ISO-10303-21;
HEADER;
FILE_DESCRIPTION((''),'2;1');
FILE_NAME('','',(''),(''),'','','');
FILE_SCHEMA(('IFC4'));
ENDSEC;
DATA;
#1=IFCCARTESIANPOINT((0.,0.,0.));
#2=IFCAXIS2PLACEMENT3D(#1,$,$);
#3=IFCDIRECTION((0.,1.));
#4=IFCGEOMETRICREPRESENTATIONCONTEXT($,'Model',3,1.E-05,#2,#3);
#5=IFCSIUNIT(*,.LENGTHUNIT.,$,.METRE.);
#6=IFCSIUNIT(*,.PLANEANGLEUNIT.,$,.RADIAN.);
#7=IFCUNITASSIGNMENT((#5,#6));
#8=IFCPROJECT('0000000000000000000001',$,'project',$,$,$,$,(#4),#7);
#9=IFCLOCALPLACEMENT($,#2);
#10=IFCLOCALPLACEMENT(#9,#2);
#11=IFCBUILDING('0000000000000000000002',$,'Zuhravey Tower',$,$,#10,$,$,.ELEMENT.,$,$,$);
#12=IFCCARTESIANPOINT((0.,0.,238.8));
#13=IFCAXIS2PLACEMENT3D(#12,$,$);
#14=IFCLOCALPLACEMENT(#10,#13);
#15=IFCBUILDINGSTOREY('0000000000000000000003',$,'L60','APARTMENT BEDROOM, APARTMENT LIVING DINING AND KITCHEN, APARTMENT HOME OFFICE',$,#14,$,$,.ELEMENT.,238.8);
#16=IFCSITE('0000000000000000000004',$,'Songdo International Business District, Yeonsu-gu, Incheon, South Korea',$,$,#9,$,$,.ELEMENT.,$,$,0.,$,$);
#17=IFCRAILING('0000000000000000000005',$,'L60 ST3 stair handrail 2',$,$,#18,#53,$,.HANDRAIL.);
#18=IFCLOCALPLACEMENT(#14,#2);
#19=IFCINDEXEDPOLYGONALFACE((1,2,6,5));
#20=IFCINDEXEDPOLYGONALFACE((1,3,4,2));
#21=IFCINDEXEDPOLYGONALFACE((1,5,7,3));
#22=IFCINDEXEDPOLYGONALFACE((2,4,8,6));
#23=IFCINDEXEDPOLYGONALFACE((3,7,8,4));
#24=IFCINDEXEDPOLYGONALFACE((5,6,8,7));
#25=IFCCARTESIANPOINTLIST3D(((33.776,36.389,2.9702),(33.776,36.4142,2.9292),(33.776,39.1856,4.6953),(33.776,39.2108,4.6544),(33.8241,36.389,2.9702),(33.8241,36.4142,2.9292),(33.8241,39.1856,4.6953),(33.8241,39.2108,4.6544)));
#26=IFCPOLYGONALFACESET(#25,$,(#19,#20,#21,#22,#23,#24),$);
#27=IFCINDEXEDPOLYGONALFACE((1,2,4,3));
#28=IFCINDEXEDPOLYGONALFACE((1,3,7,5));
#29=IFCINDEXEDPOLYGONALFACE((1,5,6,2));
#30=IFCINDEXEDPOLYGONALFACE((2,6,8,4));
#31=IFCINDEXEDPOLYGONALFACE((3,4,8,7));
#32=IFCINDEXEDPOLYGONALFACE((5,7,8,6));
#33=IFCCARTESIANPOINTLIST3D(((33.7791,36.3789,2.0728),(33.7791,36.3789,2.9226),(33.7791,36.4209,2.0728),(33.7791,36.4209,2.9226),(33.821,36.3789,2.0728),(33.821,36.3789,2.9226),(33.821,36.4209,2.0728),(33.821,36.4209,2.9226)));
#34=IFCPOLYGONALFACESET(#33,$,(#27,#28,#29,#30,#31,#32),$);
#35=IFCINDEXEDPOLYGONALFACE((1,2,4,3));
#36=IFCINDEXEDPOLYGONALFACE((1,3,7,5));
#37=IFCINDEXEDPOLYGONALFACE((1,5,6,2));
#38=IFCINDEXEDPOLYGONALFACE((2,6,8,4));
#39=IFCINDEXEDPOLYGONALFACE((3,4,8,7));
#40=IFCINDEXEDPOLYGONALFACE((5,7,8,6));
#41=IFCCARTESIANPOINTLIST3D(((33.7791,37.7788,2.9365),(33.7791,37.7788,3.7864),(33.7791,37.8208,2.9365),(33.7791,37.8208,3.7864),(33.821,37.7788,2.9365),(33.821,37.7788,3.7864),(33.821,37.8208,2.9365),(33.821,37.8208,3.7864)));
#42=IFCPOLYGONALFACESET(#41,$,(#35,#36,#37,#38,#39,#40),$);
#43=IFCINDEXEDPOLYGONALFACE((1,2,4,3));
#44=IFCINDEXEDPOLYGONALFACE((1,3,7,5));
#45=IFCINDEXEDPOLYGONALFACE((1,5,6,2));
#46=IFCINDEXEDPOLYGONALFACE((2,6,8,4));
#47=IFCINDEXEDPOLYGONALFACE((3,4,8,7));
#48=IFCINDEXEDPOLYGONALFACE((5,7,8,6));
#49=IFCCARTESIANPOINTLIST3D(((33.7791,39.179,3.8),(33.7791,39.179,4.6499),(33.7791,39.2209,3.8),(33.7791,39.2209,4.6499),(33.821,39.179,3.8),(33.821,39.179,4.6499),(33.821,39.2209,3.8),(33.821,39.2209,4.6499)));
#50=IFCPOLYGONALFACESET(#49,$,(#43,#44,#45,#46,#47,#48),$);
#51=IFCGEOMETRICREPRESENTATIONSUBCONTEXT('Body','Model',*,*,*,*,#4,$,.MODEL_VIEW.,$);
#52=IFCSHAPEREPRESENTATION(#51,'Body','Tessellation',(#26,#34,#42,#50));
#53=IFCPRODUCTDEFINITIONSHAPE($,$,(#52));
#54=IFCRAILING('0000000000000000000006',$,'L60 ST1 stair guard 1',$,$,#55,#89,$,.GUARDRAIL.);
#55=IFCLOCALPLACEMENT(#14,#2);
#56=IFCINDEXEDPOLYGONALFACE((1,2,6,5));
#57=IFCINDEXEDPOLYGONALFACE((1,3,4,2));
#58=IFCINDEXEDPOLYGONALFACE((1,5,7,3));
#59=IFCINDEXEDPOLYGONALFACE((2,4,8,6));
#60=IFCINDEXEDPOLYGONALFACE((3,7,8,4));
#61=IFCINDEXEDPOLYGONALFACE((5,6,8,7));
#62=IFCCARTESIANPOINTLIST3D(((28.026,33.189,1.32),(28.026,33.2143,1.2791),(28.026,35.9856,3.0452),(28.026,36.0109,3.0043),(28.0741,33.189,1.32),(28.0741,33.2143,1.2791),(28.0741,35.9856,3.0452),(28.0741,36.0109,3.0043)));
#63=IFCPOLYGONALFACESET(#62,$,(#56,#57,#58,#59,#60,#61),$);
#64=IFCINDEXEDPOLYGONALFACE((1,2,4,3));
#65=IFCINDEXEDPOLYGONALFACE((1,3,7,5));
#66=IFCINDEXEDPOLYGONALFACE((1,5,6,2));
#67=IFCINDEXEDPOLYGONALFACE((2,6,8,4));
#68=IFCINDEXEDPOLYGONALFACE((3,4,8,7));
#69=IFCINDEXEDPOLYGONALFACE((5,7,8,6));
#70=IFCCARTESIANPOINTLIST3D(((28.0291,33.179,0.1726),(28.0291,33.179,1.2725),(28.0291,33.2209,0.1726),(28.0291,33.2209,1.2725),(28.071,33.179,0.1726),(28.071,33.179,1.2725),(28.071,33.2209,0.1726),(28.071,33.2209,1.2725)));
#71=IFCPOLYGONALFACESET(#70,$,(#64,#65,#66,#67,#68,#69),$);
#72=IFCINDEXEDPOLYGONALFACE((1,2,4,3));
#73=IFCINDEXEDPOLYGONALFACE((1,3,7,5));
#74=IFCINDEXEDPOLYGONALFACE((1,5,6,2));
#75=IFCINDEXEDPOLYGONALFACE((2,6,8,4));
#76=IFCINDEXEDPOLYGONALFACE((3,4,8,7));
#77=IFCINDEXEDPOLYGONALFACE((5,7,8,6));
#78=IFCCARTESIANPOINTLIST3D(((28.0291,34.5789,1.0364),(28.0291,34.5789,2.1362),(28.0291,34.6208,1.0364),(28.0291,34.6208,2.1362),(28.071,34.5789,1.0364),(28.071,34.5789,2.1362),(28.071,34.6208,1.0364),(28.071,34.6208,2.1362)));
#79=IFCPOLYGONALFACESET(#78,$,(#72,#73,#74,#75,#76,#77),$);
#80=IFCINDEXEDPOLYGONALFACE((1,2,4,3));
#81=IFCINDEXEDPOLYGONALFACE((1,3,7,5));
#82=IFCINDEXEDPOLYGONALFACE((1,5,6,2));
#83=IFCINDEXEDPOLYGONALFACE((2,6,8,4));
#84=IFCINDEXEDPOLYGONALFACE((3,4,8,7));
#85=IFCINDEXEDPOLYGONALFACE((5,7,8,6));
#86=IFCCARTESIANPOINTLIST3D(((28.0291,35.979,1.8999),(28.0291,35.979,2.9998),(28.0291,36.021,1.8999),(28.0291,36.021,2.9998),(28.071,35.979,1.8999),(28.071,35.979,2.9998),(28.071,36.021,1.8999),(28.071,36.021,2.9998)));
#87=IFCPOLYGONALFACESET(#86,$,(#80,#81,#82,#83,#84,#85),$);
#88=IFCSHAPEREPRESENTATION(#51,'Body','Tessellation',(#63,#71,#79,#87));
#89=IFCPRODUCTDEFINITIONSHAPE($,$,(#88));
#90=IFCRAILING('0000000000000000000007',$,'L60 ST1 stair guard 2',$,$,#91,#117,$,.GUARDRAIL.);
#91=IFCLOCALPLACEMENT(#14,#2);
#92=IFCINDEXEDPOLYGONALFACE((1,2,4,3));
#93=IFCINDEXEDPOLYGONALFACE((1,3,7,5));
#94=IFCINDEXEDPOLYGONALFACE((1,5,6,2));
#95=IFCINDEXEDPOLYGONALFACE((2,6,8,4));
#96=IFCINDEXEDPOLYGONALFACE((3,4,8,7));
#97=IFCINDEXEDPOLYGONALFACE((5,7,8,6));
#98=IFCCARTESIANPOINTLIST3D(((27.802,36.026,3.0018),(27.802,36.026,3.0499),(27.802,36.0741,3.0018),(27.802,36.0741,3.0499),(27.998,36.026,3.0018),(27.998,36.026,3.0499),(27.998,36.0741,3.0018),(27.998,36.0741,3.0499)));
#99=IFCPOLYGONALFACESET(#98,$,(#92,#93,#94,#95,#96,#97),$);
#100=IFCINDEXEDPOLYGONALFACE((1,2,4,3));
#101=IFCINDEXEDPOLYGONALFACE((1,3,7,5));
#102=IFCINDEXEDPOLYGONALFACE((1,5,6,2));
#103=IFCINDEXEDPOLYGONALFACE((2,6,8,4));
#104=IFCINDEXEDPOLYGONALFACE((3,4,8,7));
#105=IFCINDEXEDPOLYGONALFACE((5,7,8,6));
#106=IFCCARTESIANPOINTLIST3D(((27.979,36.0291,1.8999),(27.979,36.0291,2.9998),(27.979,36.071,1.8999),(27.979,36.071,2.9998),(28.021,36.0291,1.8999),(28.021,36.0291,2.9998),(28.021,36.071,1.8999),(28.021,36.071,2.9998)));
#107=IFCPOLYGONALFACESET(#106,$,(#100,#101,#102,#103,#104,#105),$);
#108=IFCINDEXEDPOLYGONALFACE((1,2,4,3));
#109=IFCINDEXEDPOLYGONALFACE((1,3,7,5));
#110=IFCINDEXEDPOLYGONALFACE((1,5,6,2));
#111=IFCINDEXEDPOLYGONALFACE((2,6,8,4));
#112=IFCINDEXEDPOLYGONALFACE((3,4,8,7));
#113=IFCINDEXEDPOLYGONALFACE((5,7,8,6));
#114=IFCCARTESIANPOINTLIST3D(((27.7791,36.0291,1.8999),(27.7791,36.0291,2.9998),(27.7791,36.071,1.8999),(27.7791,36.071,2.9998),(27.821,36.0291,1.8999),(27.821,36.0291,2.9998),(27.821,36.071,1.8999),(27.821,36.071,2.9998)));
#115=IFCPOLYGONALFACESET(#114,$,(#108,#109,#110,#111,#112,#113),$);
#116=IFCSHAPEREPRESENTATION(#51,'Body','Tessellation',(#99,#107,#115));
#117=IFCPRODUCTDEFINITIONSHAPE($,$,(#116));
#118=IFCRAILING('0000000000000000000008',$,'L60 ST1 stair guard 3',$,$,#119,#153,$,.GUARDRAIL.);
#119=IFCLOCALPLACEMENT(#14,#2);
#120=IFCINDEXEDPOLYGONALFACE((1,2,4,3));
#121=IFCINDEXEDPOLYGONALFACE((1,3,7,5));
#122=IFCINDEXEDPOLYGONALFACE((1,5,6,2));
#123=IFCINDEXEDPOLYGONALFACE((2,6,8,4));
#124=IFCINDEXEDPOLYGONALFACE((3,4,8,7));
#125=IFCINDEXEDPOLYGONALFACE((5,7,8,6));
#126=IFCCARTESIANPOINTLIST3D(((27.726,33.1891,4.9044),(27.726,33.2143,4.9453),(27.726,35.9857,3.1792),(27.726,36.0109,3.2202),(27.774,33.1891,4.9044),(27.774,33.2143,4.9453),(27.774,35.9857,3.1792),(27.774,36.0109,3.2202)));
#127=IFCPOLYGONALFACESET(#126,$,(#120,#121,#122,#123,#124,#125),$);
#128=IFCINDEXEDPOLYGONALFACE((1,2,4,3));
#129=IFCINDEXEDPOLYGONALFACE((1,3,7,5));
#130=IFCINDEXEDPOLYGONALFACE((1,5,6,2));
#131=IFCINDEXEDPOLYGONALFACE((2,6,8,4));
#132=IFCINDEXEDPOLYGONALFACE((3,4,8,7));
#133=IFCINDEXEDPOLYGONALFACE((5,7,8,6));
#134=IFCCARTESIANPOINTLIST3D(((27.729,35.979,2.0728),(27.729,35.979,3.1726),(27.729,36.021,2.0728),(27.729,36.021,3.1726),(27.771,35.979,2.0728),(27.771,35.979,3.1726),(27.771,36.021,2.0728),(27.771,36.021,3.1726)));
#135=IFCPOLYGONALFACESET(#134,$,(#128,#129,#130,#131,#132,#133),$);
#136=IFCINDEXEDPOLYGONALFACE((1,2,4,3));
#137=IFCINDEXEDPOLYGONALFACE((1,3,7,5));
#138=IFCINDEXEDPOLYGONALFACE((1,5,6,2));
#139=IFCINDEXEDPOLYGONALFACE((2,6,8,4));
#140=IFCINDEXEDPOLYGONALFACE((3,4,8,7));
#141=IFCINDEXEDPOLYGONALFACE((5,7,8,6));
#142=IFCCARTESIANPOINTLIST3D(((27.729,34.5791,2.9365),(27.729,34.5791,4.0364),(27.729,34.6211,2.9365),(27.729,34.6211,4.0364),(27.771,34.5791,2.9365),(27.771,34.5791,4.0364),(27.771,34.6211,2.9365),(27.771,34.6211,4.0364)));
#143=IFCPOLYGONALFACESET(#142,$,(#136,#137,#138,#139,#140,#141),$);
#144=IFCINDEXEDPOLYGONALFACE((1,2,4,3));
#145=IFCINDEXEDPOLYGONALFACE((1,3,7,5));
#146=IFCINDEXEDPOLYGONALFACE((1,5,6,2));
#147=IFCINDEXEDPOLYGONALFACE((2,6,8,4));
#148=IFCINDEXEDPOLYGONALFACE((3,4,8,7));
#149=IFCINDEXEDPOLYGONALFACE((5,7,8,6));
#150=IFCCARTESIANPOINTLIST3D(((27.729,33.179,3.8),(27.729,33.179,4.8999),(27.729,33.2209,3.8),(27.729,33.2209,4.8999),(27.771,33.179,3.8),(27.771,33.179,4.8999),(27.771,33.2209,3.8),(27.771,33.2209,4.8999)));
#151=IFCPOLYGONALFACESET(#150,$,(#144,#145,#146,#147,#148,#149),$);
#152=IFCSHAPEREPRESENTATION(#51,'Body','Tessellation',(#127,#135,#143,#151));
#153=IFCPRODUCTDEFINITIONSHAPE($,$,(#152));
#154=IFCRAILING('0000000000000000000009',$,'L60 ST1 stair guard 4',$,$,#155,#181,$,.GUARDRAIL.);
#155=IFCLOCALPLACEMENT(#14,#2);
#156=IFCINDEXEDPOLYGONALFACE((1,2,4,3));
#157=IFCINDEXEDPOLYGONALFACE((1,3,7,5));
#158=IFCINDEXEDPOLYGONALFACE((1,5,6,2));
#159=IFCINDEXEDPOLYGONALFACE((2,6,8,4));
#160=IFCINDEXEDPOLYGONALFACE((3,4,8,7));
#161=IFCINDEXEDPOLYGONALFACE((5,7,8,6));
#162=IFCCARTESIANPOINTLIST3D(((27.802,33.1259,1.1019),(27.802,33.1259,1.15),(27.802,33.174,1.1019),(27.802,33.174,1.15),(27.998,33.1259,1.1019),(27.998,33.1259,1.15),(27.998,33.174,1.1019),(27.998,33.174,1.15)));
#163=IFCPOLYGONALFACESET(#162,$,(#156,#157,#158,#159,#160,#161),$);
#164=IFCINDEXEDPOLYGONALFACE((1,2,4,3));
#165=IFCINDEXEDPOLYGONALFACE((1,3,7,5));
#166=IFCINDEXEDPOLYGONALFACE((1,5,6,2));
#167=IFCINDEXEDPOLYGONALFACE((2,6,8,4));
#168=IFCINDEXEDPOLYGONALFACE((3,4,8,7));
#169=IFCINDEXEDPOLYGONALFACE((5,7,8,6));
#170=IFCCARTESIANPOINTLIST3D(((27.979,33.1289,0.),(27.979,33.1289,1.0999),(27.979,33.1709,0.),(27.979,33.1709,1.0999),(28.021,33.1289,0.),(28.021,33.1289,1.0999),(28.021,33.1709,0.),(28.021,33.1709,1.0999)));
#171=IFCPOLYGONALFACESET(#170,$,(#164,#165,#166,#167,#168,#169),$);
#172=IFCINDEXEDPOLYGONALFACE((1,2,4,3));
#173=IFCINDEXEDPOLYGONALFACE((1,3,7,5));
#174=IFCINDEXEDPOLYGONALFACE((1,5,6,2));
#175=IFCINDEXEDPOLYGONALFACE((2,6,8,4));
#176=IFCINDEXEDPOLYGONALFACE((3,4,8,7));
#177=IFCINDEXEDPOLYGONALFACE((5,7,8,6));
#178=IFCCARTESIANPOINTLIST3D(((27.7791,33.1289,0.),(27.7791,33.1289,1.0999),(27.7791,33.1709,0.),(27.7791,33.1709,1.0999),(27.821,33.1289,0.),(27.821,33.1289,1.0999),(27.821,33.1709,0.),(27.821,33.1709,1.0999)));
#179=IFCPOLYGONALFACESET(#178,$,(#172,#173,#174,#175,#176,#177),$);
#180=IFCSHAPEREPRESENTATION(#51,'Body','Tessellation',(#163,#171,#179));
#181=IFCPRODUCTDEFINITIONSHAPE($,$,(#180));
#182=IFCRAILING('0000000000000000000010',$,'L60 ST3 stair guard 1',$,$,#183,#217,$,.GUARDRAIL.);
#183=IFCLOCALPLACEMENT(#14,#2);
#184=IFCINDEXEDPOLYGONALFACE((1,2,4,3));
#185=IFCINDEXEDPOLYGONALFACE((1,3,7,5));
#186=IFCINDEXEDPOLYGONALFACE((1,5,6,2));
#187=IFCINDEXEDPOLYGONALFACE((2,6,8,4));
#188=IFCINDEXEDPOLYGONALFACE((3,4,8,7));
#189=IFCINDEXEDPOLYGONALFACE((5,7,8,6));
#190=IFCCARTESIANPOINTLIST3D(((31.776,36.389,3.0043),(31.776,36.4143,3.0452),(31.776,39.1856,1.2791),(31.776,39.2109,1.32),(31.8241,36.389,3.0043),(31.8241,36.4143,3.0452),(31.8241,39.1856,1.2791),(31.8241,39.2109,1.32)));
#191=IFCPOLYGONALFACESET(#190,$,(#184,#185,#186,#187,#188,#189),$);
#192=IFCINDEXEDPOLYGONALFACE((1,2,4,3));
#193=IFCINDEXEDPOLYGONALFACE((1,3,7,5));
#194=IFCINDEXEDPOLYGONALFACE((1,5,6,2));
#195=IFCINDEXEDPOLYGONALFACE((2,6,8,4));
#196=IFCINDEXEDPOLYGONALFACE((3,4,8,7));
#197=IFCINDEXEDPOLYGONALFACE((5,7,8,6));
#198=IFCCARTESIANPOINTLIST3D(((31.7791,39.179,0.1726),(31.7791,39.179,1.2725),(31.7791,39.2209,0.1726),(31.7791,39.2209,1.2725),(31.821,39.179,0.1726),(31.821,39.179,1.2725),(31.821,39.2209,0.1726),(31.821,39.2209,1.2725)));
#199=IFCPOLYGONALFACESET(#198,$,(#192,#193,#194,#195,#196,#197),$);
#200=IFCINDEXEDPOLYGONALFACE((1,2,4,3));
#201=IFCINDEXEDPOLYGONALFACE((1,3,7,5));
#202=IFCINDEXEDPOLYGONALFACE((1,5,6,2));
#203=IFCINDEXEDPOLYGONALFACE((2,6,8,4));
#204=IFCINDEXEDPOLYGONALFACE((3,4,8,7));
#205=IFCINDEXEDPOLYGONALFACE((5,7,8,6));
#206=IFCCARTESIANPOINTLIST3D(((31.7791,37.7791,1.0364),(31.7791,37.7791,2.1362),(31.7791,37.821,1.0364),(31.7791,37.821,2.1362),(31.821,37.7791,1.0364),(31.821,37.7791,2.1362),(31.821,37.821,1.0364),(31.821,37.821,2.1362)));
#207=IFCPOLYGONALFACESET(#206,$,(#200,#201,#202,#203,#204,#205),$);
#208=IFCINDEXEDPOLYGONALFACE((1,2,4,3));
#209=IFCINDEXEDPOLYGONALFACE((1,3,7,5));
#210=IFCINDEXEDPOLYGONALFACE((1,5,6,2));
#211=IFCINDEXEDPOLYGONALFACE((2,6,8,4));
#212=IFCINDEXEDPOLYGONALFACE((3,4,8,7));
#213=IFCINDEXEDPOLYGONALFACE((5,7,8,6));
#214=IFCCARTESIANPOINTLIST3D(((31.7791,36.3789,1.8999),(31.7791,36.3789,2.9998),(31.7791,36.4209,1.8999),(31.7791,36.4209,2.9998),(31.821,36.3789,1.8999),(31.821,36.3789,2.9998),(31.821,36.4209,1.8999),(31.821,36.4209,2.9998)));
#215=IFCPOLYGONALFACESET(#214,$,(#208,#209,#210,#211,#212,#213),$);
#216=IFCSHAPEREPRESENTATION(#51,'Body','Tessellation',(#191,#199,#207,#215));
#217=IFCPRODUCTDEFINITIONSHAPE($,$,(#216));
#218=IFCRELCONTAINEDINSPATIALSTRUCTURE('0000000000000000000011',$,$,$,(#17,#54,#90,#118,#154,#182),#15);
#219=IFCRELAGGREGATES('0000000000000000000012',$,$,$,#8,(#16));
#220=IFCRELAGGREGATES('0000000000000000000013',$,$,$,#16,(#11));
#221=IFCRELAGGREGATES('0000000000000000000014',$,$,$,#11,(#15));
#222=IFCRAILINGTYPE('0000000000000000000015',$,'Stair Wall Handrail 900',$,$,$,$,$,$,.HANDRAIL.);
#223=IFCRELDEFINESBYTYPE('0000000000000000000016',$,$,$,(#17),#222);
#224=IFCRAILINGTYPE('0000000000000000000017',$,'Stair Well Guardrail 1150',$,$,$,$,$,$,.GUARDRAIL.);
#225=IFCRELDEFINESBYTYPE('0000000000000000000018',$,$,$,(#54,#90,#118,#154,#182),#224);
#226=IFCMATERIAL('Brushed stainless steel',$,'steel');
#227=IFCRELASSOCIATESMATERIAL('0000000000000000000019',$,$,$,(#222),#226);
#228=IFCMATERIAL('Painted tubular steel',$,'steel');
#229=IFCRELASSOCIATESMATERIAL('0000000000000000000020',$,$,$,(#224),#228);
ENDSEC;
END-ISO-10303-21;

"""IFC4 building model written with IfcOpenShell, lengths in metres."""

from ifc_helpers import new_model, si_unit, direction, frame, origin, origin_2d, place, context, subcontext, project, spatial, rectangle, extrude, material, type_object, element, save


model = new_model("IFC4")

# Units and contexts
model_context = context("Model", 3, precision=1e-05, world=origin(), true_north=direction((0.0, 1.0)))
body_context = subcontext(model_context, "Body", "Model", "MODEL_VIEW")
ifc_project = project(units=[si_unit("LENGTHUNIT", "METRE"), si_unit("PLANEANGLEUNIT", "RADIAN")], contexts=[model_context])

# Site, building, storey
site_placement = place(None, origin())
site = spatial("IfcSite", under=ifc_project, at=site_placement, Name="Songdo International Business District, Yeonsu-gu, Incheon, South Korea", CompositionType="ELEMENT", RefElevation=0.0)
building_placement = place(site_placement, origin())
building = spatial("IfcBuilding", under=site, at=building_placement, Name="Zuhravey Tower", CompositionType="ELEMENT")
storey_placement = place(building_placement, frame((0.0, 0.0, 238.8)))
storey = spatial("IfcBuildingStorey", under=building, at=storey_placement, Name="L60", Description="APARTMENT BEDROOM, APARTMENT LIVING DINING AND KITCHEN, APARTMENT HOME OFFICE", CompositionType="ELEMENT", Elevation=238.8)

# Railings
ifc_material_1 = material(Name="Brushed stainless steel", Category="steel")
railing_type_1 = type_object("IfcRailingType", Name="Stair Wall Handrail 900", PredefinedType="HANDRAIL", material=ifc_material_1)
railing_1_placement = place(storey_placement, frame((33.8, 36.3999, 2.0728)))
element("IfcRailing", 1, at=railing_1_placement, inside=storey, type_object=railing_type_1, Name="L60 ST3 stair handrail 2", PredefinedType="HANDRAIL", context=body_context, shape_type="SweptSolid", body=[
    extrude(rectangle(XDim=0.0481, YDim=0.0481, at=origin_2d()), frame((0.0, 0.0017, 0.877), z_axis=(0.0, 0.85109, 0.52502), x_axis=(-1.0, 0.0, 0.0)), (0.0, 0.0, 1.0), 3.2859),
    extrude(rectangle(XDim=0.042, YDim=0.042, at=origin_2d()), origin(), (0.0, 0.0, 1.0), 0.8499),
    extrude(rectangle(XDim=0.042, YDim=0.042, at=origin_2d()), frame((0.0, 1.3999, 0.8638)), (0.0, 0.0, 1.0), 0.8499),
    extrude(rectangle(XDim=0.042, YDim=0.042, at=origin_2d()), frame((0.0, 2.8, 1.7273)), (0.0, 0.0, 1.0), 0.8499),
])
ifc_material_2 = material(Name="Painted tubular steel", Category="steel")
railing_type_2 = type_object("IfcRailingType", Name="Stair Well Guardrail 1150", PredefinedType="GUARDRAIL", material=ifc_material_2)
railing_2_placement = place(storey_placement, frame((28.05, 33.2, 0.1726)))
element("IfcRailing", 2, at=railing_2_placement, inside=storey, type_object=railing_type_2, Name="L60 ST1 stair guard 1", PredefinedType="GUARDRAIL", context=body_context, shape_type="SweptSolid", body=[
    extrude(rectangle(XDim=0.0481, YDim=0.0481, at=origin_2d()), frame((0.0, 0.0017, 1.127), z_axis=(0.0, 0.85109, 0.52502), x_axis=(-1.0, 0.0, 0.0)), (0.0, 0.0, 1.0), 3.2859),
    extrude(rectangle(XDim=0.042, YDim=0.042, at=origin_2d()), origin(), (0.0, 0.0, 1.0), 1.0999),
    extrude(rectangle(XDim=0.042, YDim=0.042, at=origin_2d()), frame((0.0, 1.3999, 0.8638)), (0.0, 0.0, 1.0), 1.0999),
    extrude(rectangle(XDim=0.042, YDim=0.042, at=origin_2d()), frame((0.0, 2.8, 1.7273)), (0.0, 0.0, 1.0), 1.0999),
])
railing_3_placement = place(storey_placement, frame((28.0, 36.05, 1.8999)))
element("IfcRailing", 3, at=railing_3_placement, inside=storey, type_object=railing_type_2, Name="L60 ST1 stair guard 2", PredefinedType="GUARDRAIL", context=body_context, shape_type="SweptSolid", body=[
    extrude(rectangle(XDim=0.0481, YDim=0.0481, at=origin_2d()), frame((-0.002, 0.0, 1.126), z_axis=(-1.0, 0.0, 0.0), x_axis=(0.0, -1.0, 0.0)), (0.0, 0.0, 1.0), 0.196),
    extrude(rectangle(XDim=0.042, YDim=0.042, at=origin_2d()), origin(), (0.0, 0.0, 1.0), 1.0999),
    extrude(rectangle(XDim=0.042, YDim=0.042, at=origin_2d()), frame((-0.2, 0.0, 0.0)), (0.0, 0.0, 1.0), 1.0999),
])
railing_4_placement = place(storey_placement, frame((27.75, 36.0, 2.0728)))
element("IfcRailing", 4, at=railing_4_placement, inside=storey, type_object=railing_type_2, Name="L60 ST1 stair guard 3", PredefinedType="GUARDRAIL", context=body_context, shape_type="SweptSolid", body=[
    extrude(rectangle(XDim=0.0481, YDim=0.0481, at=origin_2d()), frame((0.0, -0.0017, 1.127), z_axis=(0.0, -0.85109, 0.52502), x_axis=(1.0, 0.0, 0.0)), (0.0, 0.0, 1.0), 3.2859),
    extrude(rectangle(XDim=0.042, YDim=0.042, at=origin_2d()), origin(), (0.0, 0.0, 1.0), 1.0999),
    extrude(rectangle(XDim=0.042, YDim=0.042, at=origin_2d()), frame((0.0, -1.3999, 0.8638)), (0.0, 0.0, 1.0), 1.0999),
    extrude(rectangle(XDim=0.042, YDim=0.042, at=origin_2d()), frame((0.0, -2.8, 1.7273)), (0.0, 0.0, 1.0), 1.0999),
])
railing_5_placement = place(storey_placement, frame((28.0, 33.1499, 0.0)))
element("IfcRailing", 5, at=railing_5_placement, inside=storey, type_object=railing_type_2, Name="L60 ST1 stair guard 4", PredefinedType="GUARDRAIL", context=body_context, shape_type="SweptSolid", body=[
    extrude(rectangle(XDim=0.0481, YDim=0.0481, at=origin_2d()), frame((-0.002, 0.0, 1.126), z_axis=(-1.0, 0.0, 0.0), x_axis=(0.0, -1.0, 0.0)), (0.0, 0.0, 1.0), 0.196),
    extrude(rectangle(XDim=0.042, YDim=0.042, at=origin_2d()), origin(), (0.0, 0.0, 1.0), 1.0999),
    extrude(rectangle(XDim=0.042, YDim=0.042, at=origin_2d()), frame((-0.2, 0.0, 0.0)), (0.0, 0.0, 1.0), 1.0999),
])
railing_6_placement = place(storey_placement, frame((31.8, 39.2, 0.1726)))
element("IfcRailing", 6, at=railing_6_placement, inside=storey, type_object=railing_type_2, Name="L60 ST3 stair guard 1", PredefinedType="GUARDRAIL", context=body_context, shape_type="SweptSolid", body=[
    extrude(rectangle(XDim=0.0481, YDim=0.0481, at=origin_2d()), frame((0.0, -0.0017, 1.127), z_axis=(0.0, -0.85109, 0.52502), x_axis=(1.0, 0.0, 0.0)), (0.0, 0.0, 1.0), 3.2859),
    extrude(rectangle(XDim=0.042, YDim=0.042, at=origin_2d()), origin(), (0.0, 0.0, 1.0), 1.0999),
    extrude(rectangle(XDim=0.042, YDim=0.042, at=origin_2d()), frame((0.0, -1.3999, 0.8638)), (0.0, 0.0, 1.0), 1.0999),
    extrude(rectangle(XDim=0.042, YDim=0.042, at=origin_2d()), frame((0.0, -2.8, 1.7273)), (0.0, 0.0, 1.0), 1.0999),
])

save(model, "model.ifc")
